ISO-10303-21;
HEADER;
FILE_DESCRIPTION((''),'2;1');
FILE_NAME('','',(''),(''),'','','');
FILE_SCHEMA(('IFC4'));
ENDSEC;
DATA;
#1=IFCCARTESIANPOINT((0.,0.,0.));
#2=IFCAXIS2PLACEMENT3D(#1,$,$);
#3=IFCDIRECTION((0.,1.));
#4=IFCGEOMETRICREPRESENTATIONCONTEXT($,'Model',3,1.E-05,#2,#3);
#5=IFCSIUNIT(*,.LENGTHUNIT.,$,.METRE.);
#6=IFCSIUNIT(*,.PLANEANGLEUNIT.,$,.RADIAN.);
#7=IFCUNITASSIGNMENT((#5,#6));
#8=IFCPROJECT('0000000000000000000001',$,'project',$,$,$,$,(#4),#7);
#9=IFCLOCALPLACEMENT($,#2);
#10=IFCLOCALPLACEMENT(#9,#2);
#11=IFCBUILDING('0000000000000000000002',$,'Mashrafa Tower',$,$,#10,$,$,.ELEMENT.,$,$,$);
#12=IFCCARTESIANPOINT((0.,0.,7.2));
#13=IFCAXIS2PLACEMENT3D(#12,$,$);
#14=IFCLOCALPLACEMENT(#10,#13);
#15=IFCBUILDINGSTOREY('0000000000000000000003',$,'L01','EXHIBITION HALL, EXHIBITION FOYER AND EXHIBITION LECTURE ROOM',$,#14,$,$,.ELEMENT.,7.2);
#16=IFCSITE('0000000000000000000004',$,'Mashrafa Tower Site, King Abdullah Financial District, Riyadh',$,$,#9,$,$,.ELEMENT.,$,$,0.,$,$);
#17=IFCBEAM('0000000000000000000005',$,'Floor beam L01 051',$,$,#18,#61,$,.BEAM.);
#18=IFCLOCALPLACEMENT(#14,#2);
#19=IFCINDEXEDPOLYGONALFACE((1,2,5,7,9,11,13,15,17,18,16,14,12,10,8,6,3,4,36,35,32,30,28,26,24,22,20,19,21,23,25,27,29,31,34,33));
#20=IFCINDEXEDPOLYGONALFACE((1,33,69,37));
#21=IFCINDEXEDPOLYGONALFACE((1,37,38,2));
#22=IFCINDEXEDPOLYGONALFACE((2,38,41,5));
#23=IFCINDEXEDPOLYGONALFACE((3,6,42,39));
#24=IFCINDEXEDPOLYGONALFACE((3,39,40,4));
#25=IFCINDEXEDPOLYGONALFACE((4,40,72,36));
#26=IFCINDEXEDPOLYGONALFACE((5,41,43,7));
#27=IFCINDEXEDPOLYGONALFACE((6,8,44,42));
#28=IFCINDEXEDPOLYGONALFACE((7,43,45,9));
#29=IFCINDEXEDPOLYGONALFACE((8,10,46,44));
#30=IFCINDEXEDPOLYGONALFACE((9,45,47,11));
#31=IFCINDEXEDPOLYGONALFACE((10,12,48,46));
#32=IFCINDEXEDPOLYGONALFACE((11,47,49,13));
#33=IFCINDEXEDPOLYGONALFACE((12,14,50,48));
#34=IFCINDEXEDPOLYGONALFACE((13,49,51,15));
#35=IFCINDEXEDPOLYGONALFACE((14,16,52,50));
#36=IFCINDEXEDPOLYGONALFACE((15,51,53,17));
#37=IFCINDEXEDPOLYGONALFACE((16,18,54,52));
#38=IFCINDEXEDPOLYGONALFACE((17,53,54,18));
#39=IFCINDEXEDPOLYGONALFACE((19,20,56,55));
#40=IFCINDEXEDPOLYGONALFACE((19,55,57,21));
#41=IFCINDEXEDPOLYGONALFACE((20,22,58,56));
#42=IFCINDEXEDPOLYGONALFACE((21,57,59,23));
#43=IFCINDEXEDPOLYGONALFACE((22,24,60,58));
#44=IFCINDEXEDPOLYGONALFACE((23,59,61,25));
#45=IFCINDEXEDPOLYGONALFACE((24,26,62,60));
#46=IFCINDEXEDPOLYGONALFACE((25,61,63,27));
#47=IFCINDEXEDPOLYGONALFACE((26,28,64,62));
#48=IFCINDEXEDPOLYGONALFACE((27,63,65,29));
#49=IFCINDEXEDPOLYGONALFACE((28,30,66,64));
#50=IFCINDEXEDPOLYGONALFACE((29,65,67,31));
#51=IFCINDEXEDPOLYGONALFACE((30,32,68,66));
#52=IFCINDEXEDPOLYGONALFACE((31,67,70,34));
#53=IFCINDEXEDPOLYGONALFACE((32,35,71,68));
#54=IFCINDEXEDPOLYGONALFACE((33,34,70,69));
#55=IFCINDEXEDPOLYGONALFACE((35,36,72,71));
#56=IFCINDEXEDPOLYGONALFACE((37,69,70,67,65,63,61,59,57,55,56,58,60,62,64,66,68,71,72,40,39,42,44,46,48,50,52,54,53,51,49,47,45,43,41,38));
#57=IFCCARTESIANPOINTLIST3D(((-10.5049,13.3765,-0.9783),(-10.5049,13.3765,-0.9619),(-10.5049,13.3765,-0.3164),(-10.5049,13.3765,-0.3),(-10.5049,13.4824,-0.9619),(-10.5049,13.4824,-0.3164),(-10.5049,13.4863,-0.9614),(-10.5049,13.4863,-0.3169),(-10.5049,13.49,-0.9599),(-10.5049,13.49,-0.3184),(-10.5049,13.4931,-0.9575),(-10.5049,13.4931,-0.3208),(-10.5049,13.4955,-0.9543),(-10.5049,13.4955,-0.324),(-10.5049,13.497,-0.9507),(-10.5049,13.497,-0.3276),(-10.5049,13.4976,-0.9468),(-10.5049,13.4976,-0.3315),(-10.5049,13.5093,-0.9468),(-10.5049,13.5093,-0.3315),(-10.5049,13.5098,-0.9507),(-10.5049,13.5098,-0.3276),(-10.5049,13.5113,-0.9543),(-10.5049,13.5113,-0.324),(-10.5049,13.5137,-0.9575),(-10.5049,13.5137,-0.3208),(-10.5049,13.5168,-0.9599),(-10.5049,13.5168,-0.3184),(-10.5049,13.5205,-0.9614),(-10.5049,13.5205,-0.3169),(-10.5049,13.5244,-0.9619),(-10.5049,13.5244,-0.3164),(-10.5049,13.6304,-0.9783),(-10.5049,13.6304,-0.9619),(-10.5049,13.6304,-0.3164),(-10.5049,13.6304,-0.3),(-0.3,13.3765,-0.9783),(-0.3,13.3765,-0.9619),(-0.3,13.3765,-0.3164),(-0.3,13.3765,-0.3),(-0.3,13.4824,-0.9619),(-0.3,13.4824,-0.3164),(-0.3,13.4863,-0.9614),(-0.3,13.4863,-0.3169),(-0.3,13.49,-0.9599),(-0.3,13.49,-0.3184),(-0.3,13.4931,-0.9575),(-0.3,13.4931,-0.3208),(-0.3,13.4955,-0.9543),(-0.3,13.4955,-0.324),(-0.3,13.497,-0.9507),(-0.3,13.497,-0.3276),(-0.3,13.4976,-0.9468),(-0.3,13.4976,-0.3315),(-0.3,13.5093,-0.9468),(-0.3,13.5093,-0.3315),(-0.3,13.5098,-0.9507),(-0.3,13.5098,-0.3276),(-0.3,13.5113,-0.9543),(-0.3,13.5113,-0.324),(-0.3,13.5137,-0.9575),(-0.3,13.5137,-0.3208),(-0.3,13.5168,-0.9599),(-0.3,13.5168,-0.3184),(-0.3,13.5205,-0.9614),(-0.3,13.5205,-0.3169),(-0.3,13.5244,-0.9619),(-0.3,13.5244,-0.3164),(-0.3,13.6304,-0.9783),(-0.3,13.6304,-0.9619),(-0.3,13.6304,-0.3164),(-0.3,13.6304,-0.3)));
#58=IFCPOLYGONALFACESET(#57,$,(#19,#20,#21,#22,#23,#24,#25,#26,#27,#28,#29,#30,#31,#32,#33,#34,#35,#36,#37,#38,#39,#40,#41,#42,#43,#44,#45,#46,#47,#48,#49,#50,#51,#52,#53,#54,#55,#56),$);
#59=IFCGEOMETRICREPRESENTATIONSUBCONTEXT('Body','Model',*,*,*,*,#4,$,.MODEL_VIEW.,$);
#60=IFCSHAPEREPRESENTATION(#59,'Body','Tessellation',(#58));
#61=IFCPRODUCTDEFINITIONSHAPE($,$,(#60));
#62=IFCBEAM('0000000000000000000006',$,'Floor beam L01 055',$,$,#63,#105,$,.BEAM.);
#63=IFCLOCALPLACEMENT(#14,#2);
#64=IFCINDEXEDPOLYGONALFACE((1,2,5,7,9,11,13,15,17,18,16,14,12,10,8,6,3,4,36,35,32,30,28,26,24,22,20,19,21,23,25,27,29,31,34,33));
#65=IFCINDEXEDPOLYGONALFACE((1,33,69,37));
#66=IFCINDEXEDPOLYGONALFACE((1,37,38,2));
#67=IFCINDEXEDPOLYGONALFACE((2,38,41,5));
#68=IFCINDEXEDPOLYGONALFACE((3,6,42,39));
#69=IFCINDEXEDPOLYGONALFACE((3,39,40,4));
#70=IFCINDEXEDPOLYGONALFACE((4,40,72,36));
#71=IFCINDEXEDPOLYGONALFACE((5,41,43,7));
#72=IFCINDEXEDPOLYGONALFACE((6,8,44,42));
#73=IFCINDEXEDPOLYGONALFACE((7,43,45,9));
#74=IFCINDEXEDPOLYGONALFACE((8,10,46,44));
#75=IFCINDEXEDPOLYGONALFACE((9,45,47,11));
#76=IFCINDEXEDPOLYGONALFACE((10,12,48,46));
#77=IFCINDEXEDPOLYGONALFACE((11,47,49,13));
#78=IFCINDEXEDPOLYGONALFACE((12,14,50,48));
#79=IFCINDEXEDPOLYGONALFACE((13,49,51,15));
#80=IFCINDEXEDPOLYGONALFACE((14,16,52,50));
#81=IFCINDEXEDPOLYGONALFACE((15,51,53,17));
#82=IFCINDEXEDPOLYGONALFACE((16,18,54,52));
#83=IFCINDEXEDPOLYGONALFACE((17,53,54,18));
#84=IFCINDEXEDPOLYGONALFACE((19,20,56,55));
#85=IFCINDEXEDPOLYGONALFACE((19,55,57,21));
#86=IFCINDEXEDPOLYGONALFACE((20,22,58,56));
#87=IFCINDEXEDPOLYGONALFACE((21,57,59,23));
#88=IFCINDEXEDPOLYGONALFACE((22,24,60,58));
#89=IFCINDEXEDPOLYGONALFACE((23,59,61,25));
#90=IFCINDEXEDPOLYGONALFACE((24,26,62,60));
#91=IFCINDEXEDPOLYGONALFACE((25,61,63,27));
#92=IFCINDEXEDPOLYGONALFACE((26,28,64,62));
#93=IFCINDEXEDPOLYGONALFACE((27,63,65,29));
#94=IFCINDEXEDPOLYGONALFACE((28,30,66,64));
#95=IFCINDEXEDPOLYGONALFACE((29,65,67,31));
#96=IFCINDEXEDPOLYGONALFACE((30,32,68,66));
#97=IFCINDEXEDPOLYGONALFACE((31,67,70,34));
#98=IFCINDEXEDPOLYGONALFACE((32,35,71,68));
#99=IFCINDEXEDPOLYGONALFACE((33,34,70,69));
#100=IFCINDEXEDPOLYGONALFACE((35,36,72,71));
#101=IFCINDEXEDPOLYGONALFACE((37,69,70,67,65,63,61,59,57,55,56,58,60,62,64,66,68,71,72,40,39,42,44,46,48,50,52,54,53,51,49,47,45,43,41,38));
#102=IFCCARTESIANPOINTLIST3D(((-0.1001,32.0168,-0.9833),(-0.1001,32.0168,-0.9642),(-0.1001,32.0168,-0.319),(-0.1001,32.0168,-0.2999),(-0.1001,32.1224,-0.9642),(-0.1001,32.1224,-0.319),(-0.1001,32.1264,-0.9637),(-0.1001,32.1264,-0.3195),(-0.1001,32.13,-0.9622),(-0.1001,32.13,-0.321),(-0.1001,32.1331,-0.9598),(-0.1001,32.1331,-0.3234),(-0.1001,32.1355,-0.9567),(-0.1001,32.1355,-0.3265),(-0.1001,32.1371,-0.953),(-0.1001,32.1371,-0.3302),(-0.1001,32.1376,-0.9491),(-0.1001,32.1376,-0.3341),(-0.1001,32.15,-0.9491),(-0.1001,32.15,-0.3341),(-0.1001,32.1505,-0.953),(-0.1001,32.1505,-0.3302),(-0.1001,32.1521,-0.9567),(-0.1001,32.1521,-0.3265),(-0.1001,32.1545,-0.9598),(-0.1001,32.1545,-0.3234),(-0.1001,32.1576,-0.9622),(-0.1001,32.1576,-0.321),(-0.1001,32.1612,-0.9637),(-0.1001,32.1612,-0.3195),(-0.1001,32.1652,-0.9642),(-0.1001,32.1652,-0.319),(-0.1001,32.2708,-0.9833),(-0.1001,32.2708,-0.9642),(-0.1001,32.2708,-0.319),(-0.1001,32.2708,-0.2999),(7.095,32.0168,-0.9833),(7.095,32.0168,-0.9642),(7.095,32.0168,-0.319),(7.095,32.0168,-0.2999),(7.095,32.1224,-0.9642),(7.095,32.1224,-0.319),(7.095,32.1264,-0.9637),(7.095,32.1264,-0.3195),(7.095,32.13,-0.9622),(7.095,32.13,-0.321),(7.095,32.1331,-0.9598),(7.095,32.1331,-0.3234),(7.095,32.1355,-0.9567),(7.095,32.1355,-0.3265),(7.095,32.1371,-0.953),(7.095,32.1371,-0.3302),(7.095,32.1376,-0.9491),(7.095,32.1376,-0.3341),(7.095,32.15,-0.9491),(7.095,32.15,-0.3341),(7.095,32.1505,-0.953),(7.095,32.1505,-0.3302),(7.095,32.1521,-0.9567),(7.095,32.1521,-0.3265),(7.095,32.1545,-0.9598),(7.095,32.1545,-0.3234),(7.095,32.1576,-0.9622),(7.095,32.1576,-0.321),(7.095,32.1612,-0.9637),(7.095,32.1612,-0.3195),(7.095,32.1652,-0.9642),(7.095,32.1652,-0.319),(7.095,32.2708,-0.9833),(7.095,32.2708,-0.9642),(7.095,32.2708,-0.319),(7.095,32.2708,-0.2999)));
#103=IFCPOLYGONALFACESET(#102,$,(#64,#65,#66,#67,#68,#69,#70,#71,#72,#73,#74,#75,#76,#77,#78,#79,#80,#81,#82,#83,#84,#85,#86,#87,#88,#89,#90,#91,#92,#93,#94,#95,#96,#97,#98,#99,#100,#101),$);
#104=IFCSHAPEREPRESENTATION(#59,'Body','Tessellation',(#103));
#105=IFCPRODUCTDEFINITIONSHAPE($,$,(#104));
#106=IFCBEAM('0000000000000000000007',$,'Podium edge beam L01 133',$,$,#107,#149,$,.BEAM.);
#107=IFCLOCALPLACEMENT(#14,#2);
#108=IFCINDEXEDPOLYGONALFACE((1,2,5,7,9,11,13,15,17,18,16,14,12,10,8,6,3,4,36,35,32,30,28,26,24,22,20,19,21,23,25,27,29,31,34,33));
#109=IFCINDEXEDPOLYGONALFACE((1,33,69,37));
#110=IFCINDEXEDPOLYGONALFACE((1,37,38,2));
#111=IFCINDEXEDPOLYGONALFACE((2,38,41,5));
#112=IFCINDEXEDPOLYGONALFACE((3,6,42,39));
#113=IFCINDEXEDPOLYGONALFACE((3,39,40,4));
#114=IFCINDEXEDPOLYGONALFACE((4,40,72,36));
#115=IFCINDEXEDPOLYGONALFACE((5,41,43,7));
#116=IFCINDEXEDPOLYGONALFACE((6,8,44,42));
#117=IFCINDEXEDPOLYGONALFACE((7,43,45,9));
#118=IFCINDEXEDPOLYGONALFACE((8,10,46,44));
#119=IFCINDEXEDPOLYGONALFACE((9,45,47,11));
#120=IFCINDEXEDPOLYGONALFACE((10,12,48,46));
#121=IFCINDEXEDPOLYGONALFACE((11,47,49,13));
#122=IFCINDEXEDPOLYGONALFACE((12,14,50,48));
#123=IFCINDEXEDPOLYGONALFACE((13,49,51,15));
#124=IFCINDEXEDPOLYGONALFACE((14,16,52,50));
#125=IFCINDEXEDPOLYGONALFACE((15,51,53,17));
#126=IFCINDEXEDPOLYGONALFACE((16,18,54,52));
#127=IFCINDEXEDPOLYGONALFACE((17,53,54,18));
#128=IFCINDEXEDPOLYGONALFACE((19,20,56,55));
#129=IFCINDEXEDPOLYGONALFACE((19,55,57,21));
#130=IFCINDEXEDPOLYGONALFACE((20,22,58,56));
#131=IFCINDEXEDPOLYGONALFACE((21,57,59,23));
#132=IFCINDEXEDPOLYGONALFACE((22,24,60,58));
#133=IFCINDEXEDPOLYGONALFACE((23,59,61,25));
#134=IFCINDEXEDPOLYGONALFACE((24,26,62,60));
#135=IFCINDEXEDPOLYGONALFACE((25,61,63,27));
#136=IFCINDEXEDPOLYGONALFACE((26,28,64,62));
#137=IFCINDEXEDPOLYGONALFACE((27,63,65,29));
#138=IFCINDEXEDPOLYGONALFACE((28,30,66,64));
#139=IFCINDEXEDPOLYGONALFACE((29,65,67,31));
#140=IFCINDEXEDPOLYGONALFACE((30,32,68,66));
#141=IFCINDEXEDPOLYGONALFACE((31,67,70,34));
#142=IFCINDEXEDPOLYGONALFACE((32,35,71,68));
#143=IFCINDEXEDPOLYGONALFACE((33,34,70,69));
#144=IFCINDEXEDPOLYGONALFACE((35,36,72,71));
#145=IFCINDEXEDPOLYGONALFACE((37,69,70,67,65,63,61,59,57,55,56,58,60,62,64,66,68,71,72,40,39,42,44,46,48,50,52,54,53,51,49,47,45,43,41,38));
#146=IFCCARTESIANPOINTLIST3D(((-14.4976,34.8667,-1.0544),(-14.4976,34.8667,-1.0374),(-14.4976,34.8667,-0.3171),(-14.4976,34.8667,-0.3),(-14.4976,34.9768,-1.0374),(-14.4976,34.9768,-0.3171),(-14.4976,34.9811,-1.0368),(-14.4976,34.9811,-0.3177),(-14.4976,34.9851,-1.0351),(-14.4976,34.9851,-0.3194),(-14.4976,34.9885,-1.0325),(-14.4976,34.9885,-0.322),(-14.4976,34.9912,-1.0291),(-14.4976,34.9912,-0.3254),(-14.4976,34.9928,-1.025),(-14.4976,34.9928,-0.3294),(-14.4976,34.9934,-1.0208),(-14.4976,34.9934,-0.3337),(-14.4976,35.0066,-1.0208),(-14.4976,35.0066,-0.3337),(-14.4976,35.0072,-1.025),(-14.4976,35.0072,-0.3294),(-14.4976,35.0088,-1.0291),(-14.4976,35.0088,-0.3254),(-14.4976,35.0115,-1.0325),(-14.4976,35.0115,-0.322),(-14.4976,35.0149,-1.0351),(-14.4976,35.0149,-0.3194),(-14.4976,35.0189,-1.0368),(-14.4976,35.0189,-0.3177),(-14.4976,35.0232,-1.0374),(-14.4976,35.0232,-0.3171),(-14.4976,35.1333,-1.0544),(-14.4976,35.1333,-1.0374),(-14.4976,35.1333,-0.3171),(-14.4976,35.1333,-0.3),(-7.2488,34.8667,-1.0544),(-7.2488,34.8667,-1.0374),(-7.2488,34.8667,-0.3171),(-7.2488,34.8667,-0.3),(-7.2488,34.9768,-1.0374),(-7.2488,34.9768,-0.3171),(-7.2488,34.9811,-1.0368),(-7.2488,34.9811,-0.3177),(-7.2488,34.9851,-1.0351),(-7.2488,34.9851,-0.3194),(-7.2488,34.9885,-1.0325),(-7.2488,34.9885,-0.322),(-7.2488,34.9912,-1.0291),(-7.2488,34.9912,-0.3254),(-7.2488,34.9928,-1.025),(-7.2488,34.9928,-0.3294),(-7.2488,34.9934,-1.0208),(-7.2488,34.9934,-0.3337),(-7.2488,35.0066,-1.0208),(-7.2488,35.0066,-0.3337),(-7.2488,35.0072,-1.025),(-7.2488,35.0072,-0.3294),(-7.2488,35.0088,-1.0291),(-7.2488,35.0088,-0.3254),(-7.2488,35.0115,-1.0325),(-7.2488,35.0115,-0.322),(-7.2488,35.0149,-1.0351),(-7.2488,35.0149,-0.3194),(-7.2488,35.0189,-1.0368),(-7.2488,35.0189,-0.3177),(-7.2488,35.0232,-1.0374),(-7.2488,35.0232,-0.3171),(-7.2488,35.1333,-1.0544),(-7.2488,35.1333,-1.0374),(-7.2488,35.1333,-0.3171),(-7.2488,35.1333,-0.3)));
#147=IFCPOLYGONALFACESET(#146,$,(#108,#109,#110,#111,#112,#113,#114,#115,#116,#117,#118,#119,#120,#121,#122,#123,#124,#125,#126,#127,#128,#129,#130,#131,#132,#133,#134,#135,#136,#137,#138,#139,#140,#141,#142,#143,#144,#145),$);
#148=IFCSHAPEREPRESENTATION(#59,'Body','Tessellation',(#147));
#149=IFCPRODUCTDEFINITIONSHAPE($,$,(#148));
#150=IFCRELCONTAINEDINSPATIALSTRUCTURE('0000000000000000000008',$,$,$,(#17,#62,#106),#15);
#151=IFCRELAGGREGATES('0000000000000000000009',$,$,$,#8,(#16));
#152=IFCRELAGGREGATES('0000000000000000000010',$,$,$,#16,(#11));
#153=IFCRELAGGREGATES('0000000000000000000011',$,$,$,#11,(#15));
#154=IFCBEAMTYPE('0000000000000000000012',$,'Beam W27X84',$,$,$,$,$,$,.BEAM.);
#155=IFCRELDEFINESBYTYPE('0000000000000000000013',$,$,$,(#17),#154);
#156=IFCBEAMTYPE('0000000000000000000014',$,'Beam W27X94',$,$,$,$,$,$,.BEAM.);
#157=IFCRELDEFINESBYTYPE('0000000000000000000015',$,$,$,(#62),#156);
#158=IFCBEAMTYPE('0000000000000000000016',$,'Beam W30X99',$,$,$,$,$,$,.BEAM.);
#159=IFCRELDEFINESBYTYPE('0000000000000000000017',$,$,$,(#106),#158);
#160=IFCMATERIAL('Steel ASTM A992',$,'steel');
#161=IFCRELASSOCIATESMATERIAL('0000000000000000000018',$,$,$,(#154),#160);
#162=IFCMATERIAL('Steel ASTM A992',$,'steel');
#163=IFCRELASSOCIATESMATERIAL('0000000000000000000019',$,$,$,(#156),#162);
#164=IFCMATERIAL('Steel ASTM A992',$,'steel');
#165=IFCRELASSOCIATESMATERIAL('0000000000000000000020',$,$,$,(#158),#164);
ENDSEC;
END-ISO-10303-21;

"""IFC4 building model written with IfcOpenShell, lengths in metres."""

from ifc_helpers import new_model, si_unit, direction, frame, origin, origin_2d, place, context, subcontext, project, spatial, i_section, extrude, material, material_profile, profile_set, type_object, element, save


model = new_model("IFC4")

# Units and contexts
model_context = context("Model", 3, precision=1e-05, world=origin(), true_north=direction((0.0, 1.0)))
body_context = subcontext(model_context, "Body", "Model", "MODEL_VIEW")
ifc_project = project(units=[si_unit("LENGTHUNIT", "METRE"), si_unit("PLANEANGLEUNIT", "RADIAN")], contexts=[model_context])

# Site, building, storey
site_placement = place(None, origin())
site = spatial("IfcSite", under=ifc_project, at=site_placement, Name="Mashrafa Tower Site, King Abdullah Financial District, Riyadh", CompositionType="ELEMENT", RefElevation=0.0)
building_placement = place(site_placement, origin())
building = spatial("IfcBuilding", under=site, at=building_placement, Name="Mashrafa Tower", CompositionType="ELEMENT")
storey_placement = place(building_placement, frame((0.0, 0.0, 7.2)))
storey = spatial("IfcBuildingStorey", under=building, at=storey_placement, Name="L01", Description="EXHIBITION HALL, EXHIBITION FOYER AND EXHIBITION LECTURE ROOM", CompositionType="ELEMENT", Elevation=7.2)

# Beams
ifc_material_1 = material(Name="Steel ASTM A992", Category="steel")
ifc_material_profile_1 = material_profile(ifc_material_1, i_section(OverallWidth=0.2539, OverallDepth=0.6782, WebThickness=0.0117, FlangeThickness=0.0164, FilletRadius=0.0151, at=origin_2d()), Name="W27X84")
ifc_profile_set_1 = profile_set([ifc_material_profile_1], Name="Steel ASTM A992")
beam_type_1 = type_object("IfcBeamType", Name="Beam W27X84", PredefinedType="BEAM", material=ifc_profile_set_1)
beam_1_placement = place(storey_placement, frame((-10.5049, 13.5034, -0.6392), z_axis=(1.0, 0.0, 0.0), x_axis=(0.0, 1.0, 0.0)))
element("IfcBeam", 1, at=beam_1_placement, inside=storey, type_object=beam_type_1, Name="Floor beam L01 051", PredefinedType="BEAM", context=body_context, shape_type="SweptSolid", body=[
    extrude(i_section(OverallWidth=0.2539, OverallDepth=0.6782, WebThickness=0.0117, FlangeThickness=0.0164, FilletRadius=0.0151, at=origin_2d()), origin(), (0.0, 0.0, 1.0), 10.2048),
])
ifc_material_2 = material(Name="Steel ASTM A992", Category="steel")
ifc_material_profile_2 = material_profile(ifc_material_2, i_section(OverallWidth=0.2539, OverallDepth=0.6833, WebThickness=0.0125, FlangeThickness=0.019, FilletRadius=0.0151, at=origin_2d()), Name="W27X94")
ifc_profile_set_2 = profile_set([ifc_material_profile_2], Name="Steel ASTM A992")
beam_type_2 = type_object("IfcBeamType", Name="Beam W27X94", PredefinedType="BEAM", material=ifc_profile_set_2)
beam_2_placement = place(storey_placement, frame((-0.1001, 32.1438, -0.6416), z_axis=(1.0, 0.0, 0.0), x_axis=(0.0, 1.0, 0.0)))
element("IfcBeam", 2, at=beam_2_placement, inside=storey, type_object=beam_type_2, Name="Floor beam L01 055", PredefinedType="BEAM", context=body_context, shape_type="SweptSolid", body=[
    extrude(i_section(OverallWidth=0.2539, OverallDepth=0.6833, WebThickness=0.0125, FlangeThickness=0.019, FilletRadius=0.0151, at=origin_2d()), origin(), (0.0, 0.0, 1.0), 7.1951),
])
ifc_material_3 = material(Name="Steel ASTM A992", Category="steel")
ifc_material_profile_3 = material_profile(ifc_material_3, i_section(OverallWidth=0.2666, OverallDepth=0.7544, WebThickness=0.0132, FlangeThickness=0.0171, FilletRadius=0.0166, at=origin_2d()), Name="W30X99")
ifc_profile_set_3 = profile_set([ifc_material_profile_3], Name="Steel ASTM A992")
beam_type_3 = type_object("IfcBeamType", Name="Beam W30X99", PredefinedType="BEAM", material=ifc_profile_set_3)
beam_3_placement = place(storey_placement, frame((-7.2488, 35.0, -0.6772), z_axis=(-1.0, 0.0, 0.0), x_axis=(0.0, -1.0, 0.0)))
element("IfcBeam", 3, at=beam_3_placement, inside=storey, type_object=beam_type_3, Name="Podium edge beam L01 133", PredefinedType="BEAM", context=body_context, shape_type="SweptSolid", body=[
    extrude(i_section(OverallWidth=0.2666, OverallDepth=0.7544, WebThickness=0.0132, FlangeThickness=0.0171, FilletRadius=0.0166, at=origin_2d()), origin(), (0.0, 0.0, 1.0), 7.2488),
])

save(model, "model.ifc")
